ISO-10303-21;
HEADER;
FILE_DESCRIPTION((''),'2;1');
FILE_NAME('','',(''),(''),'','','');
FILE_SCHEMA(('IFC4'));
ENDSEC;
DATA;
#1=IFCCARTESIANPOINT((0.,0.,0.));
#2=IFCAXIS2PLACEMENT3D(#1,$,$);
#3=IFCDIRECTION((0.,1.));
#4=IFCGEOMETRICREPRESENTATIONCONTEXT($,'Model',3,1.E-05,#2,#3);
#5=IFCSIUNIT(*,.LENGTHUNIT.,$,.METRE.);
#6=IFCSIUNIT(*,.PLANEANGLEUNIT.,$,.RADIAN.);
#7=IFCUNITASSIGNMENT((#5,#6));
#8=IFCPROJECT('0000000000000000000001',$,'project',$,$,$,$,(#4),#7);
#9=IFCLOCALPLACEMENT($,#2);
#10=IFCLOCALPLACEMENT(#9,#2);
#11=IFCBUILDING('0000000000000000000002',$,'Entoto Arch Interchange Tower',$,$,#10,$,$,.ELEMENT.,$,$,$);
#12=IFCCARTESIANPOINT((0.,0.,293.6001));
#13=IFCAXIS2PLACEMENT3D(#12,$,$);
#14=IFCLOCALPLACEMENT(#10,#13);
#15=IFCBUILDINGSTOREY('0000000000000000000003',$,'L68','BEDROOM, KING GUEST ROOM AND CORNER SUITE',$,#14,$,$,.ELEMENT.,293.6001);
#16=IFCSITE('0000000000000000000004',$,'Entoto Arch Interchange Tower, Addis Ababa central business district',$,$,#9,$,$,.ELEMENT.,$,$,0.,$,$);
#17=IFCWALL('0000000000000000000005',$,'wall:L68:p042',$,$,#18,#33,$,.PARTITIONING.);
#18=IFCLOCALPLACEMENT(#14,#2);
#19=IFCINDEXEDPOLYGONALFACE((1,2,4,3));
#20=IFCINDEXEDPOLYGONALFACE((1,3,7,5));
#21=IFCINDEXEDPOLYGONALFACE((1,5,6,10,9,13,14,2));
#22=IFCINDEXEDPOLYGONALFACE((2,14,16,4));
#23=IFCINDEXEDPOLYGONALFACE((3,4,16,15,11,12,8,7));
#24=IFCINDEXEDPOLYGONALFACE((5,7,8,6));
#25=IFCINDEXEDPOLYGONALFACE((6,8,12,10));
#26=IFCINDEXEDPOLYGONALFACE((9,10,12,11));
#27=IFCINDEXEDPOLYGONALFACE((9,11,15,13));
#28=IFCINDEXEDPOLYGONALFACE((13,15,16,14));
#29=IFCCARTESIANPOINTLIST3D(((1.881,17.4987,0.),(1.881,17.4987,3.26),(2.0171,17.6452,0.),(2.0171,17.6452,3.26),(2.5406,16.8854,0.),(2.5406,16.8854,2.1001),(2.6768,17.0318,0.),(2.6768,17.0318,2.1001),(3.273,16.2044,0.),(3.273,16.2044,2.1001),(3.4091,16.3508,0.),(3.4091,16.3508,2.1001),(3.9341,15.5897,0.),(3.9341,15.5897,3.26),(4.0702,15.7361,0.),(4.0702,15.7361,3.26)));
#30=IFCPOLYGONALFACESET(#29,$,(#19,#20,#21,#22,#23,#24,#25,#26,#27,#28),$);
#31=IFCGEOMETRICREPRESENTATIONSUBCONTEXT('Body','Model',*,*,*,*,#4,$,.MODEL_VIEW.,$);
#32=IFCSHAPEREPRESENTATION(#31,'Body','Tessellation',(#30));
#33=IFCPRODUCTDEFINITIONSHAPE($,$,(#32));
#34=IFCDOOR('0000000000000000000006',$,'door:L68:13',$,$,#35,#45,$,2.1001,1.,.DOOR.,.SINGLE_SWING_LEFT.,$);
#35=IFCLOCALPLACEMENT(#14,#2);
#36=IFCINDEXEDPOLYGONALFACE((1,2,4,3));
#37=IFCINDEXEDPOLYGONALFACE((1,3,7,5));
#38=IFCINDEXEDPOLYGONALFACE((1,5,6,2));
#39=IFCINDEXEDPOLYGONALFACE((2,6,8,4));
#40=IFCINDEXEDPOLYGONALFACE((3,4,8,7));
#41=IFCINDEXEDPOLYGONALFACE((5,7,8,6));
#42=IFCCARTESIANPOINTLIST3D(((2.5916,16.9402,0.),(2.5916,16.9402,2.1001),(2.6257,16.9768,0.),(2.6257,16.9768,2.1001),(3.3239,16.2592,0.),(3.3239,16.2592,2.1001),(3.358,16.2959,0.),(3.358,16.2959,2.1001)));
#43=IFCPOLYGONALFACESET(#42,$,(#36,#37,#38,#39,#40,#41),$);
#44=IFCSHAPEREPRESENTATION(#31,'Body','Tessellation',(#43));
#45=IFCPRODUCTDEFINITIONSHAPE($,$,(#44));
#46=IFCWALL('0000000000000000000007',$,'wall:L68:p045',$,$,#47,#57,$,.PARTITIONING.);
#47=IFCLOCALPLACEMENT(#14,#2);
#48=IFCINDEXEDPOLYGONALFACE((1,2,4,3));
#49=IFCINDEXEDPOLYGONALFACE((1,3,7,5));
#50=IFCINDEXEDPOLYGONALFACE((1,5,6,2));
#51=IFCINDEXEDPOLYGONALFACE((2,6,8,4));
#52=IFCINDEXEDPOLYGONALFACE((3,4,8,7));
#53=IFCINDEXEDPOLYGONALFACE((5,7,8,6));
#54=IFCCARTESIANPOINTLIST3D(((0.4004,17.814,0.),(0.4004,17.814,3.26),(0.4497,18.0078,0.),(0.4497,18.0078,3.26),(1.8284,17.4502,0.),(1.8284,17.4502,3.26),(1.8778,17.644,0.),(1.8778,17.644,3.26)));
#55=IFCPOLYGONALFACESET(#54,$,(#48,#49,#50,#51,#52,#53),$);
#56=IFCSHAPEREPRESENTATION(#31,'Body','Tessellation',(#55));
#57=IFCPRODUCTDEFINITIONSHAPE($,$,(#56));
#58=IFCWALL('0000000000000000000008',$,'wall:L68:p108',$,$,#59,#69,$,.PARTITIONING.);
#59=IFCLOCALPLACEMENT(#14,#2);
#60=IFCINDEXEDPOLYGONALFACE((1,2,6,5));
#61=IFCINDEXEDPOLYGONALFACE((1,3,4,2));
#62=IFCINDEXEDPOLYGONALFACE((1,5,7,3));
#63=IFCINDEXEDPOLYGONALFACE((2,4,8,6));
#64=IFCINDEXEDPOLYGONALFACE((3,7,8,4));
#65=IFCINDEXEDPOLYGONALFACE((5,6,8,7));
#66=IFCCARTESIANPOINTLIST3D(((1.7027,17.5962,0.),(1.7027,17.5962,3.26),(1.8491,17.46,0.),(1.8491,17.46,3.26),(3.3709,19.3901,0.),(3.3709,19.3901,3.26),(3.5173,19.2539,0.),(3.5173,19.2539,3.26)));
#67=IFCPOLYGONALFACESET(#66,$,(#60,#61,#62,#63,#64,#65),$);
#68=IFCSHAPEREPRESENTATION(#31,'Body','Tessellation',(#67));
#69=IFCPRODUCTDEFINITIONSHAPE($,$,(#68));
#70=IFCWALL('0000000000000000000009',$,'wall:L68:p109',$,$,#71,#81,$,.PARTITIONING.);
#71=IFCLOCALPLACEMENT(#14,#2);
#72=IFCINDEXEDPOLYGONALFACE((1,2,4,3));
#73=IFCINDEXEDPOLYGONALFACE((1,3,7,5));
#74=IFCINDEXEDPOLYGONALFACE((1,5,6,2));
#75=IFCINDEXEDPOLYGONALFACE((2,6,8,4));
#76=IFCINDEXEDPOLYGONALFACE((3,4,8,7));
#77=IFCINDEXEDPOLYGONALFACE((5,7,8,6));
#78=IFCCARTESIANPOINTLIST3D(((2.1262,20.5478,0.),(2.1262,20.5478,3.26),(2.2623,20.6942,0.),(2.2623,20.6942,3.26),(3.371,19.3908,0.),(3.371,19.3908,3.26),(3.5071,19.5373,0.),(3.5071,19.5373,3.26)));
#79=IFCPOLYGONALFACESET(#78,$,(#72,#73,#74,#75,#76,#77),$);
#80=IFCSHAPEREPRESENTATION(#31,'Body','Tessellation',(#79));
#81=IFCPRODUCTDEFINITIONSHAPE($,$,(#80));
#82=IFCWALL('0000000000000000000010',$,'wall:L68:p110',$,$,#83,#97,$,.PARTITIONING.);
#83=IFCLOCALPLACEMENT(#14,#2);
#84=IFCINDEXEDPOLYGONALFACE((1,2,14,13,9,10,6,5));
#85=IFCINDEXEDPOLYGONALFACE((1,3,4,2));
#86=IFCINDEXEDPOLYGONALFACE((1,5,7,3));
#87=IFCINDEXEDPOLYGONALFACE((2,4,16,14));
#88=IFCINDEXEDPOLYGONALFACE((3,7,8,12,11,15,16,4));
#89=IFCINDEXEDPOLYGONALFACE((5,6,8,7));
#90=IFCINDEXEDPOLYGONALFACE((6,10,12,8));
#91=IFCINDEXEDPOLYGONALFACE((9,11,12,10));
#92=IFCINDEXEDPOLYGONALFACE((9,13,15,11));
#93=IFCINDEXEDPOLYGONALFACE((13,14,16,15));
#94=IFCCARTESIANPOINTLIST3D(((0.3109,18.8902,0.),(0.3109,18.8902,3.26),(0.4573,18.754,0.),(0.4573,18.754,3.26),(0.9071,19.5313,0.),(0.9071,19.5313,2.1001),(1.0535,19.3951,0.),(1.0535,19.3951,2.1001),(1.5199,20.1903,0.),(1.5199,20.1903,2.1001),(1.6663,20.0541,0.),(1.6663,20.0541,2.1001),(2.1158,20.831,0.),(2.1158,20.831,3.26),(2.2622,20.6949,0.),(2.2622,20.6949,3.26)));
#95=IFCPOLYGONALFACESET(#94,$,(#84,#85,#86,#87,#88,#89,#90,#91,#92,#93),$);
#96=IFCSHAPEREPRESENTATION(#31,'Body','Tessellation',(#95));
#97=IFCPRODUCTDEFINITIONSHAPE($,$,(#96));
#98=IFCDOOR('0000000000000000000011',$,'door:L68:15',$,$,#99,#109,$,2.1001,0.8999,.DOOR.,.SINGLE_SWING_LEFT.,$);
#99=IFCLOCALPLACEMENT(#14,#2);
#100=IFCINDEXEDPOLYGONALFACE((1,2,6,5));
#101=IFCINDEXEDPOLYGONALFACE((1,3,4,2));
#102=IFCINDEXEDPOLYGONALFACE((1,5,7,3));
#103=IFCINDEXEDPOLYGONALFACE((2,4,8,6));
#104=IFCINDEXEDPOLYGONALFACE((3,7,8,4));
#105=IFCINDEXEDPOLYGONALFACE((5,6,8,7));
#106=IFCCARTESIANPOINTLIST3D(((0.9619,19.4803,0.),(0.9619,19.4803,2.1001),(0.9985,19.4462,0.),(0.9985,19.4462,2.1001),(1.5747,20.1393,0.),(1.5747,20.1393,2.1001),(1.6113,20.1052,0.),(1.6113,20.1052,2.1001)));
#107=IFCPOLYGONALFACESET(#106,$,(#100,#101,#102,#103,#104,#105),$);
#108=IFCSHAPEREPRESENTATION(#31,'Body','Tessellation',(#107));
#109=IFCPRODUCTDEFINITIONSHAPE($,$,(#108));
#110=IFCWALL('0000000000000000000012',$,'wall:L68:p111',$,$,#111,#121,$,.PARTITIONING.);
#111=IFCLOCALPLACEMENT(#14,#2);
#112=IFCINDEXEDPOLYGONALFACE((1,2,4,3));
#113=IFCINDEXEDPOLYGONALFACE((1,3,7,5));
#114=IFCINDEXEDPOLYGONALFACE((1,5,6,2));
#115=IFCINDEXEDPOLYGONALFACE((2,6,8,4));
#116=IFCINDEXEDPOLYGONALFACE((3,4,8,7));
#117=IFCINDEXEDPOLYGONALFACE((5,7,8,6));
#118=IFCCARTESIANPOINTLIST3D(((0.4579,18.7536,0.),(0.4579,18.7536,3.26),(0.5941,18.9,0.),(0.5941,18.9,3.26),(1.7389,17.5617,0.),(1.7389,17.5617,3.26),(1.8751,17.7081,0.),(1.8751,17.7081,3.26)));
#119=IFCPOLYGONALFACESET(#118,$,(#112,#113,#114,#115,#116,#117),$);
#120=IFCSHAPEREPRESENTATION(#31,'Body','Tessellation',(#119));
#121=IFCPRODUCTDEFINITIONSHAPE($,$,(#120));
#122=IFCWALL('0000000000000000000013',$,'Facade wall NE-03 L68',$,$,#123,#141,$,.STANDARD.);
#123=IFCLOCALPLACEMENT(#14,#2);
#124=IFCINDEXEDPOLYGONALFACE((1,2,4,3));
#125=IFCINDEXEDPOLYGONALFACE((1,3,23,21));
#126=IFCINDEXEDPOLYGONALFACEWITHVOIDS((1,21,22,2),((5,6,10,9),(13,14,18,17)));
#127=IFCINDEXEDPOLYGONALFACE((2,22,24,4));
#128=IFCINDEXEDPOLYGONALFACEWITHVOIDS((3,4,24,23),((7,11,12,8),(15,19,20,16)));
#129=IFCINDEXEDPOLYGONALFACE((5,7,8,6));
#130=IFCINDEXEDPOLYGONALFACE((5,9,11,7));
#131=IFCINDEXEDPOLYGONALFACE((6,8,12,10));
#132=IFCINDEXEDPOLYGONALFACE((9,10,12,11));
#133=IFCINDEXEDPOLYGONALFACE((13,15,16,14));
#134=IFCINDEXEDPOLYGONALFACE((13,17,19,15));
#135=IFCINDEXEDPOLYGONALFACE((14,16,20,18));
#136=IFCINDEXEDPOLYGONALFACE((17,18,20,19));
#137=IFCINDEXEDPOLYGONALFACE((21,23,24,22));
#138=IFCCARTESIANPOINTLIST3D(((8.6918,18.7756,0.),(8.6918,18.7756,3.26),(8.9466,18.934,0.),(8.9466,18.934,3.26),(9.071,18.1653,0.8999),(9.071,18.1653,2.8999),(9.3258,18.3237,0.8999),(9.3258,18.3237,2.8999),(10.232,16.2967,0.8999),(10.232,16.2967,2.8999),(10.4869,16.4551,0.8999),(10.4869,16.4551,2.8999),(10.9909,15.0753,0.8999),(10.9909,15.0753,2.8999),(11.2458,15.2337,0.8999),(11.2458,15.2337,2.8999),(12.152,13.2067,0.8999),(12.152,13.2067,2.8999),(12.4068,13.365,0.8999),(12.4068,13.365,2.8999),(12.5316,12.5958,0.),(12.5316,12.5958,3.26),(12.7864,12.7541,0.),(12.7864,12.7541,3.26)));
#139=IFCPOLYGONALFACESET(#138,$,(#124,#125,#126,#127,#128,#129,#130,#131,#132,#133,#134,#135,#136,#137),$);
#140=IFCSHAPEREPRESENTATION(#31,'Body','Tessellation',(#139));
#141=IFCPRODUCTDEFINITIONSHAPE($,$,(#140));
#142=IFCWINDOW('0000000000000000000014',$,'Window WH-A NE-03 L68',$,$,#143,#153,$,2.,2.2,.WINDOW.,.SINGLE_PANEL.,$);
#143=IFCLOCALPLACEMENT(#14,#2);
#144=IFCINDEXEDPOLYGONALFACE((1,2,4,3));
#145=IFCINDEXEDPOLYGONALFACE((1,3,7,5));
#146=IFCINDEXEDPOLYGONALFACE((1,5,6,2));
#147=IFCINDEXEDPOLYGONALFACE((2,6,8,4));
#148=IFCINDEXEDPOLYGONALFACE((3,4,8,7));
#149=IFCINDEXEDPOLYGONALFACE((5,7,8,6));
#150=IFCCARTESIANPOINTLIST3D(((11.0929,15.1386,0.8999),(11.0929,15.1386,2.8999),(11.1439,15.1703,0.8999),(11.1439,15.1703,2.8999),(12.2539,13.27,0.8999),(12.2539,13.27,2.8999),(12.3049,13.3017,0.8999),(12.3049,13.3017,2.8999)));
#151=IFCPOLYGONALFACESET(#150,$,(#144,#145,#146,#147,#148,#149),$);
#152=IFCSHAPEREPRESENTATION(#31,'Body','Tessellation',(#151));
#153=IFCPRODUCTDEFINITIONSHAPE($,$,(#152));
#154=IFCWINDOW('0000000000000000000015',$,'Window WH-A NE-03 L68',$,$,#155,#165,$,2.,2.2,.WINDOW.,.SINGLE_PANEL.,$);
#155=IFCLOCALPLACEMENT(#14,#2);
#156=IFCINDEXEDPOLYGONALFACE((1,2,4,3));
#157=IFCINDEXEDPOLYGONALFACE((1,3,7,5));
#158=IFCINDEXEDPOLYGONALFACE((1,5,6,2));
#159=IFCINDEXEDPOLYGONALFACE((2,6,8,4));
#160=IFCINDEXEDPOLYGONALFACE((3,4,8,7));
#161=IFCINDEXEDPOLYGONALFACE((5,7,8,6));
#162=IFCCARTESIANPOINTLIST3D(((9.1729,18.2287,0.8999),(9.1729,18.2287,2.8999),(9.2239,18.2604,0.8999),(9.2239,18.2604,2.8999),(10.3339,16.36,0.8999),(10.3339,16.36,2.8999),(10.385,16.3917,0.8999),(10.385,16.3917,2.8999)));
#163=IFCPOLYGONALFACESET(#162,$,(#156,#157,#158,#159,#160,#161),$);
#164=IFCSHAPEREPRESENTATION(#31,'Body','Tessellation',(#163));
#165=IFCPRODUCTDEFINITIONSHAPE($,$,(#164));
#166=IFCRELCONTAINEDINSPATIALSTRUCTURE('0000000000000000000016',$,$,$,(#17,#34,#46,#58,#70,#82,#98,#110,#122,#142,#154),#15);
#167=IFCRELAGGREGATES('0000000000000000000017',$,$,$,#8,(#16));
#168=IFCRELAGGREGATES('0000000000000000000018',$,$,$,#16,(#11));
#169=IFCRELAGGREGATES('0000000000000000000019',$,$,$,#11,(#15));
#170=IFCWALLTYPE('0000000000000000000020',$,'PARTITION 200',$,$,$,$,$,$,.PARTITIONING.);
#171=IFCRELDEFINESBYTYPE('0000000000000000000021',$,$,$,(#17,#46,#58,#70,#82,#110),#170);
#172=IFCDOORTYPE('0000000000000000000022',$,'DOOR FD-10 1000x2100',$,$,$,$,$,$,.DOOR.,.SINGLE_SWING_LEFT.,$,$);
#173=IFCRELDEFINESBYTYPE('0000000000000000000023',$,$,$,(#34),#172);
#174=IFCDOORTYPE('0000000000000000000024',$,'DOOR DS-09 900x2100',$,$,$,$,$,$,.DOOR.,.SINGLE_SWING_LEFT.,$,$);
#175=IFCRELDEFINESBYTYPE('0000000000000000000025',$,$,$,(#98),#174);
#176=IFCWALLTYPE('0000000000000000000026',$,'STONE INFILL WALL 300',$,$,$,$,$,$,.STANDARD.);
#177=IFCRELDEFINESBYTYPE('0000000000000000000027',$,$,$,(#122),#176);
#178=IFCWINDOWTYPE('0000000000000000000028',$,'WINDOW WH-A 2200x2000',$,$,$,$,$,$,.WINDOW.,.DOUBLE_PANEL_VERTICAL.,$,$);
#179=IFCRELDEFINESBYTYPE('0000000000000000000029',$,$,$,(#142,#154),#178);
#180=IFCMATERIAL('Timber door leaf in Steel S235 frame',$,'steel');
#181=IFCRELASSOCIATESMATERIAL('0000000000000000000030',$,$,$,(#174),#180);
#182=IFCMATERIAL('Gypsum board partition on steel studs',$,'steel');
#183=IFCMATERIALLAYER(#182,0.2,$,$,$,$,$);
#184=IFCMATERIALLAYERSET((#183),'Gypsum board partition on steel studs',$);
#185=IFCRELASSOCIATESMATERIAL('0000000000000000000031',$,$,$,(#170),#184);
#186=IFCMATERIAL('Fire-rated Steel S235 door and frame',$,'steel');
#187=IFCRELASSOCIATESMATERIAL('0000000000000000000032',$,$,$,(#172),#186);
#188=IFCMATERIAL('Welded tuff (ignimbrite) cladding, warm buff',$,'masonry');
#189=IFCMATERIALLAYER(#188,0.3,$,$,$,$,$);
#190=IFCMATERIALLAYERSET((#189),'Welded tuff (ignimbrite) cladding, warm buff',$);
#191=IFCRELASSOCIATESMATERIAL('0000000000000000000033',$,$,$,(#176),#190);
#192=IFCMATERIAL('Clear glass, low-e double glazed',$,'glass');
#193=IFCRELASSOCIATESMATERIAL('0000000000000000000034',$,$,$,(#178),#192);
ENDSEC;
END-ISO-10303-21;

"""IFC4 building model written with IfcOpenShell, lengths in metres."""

from ifc_helpers import new_model, si_unit, direction, frame, frame_2d, origin, place, context, subcontext, project, spatial, rectangle, extrude, material, layer, layer_set, type_object, element, fill, save


model = new_model("IFC4")

# Units and contexts
model_context = context("Model", 3, precision=1e-05, world=origin(), true_north=direction((0.0, 1.0)))
body_context = subcontext(model_context, "Body", "Model", "MODEL_VIEW")
ifc_project = project(units=[si_unit("LENGTHUNIT", "METRE"), si_unit("PLANEANGLEUNIT", "RADIAN")], contexts=[model_context])

# Site, building, storey
site_placement = place(None, origin())
site = spatial("IfcSite", under=ifc_project, at=site_placement, Name="Entoto Arch Interchange Tower, Addis Ababa central business district", CompositionType="ELEMENT", RefElevation=0.0)
building_placement = place(site_placement, origin())
building = spatial("IfcBuilding", under=site, at=building_placement, Name="Entoto Arch Interchange Tower", CompositionType="ELEMENT")
storey_placement = place(building_placement, frame((0.0, 0.0, 293.6001)))
storey = spatial("IfcBuildingStorey", under=building, at=storey_placement, Name="L68", Description="BEDROOM, KING GUEST ROOM AND CORNER SUITE", CompositionType="ELEMENT", Elevation=293.6001)

# Shared definitions
ifc_material_1 = material(Name="Gypsum board partition on steel studs", Category="steel")
ifc_material_2 = material(Name="Timber door leaf in Steel S235 frame", Category="steel")
door_type_1 = type_object("IfcDoorType", Name="DOOR DS-09 900x2100", OperationType="SINGLE_SWING_LEFT", PredefinedType="DOOR", material=ifc_material_2)

# Shared definitions
ifc_layer_1 = layer(ifc_material_1, 0.2)
ifc_layer_set_1 = layer_set([ifc_layer_1], Name="Gypsum board partition on steel studs")
wall_type_1 = type_object("IfcWallType", Name="PARTITION 200", PredefinedType="PARTITIONING", material=ifc_layer_set_1)

# Wall, opening, door
ifc_material_3 = material(Name="Fire-rated Steel S235 door and frame", Category="steel")
door_type_2 = type_object("IfcDoorType", Name="DOOR FD-10 1000x2100", OperationType="SINGLE_SWING_LEFT", PredefinedType="DOOR", material=ifc_material_3)
wall_1_placement = place(storey_placement, frame((1.949, 17.572, 0.0), z_axis=(0.0, 0.0, 1.0), x_axis=(0.732331, -0.680949, 0.0)))
wall_1 = element("IfcWall", 1, at=wall_1_placement, inside=storey, type_object=wall_type_1, Name="wall:L68:p042", PredefinedType="PARTITIONING", context=body_context, shape_type="SweptSolid", body=[
    extrude(rectangle(XDim=2.8035, YDim=0.2, at=frame_2d((1.4019, 0.0))), origin(), (0.0, 0.0, 1.0), 3.26),
])
opening_1_placement = place(wall_1_placement, frame((0.9009, 0.0, 0.0)))
opening_1 = element("IfcOpeningElement", 2, at=opening_1_placement, cuts=wall_1, PredefinedType="OPENING", context=body_context, shape_type="SweptSolid", body=[
    extrude(rectangle(XDim=1.0, YDim=2.1001, at=frame_2d((0.5, 1.05))), frame((0.0, 0.1099, 0.0), z_axis=(0.0, -1.0, 0.0), x_axis=(1.0, 0.0, 0.0)), (0.0, 0.0, 1.0), 0.22),
])
door_1_placement = place(opening_1_placement, origin())
door_1 = element("IfcDoor", 3, at=door_1_placement, inside=storey, type_object=door_type_2, Name="door:L68:13", OperationType="SINGLE_SWING_LEFT", OverallHeight=2.1001, OverallWidth=1.0, PredefinedType="DOOR", context=body_context, shape_type="SweptSolid", body=[
    extrude(rectangle(XDim=1.0, YDim=2.1001, at=frame_2d((0.5, 1.05))), frame((0.0, 0.0249, 0.0), z_axis=(0.0, -1.0, 0.0), x_axis=(1.0, 0.0, 0.0)), (0.0, 0.0, 1.0), 0.05),
])
fill(opening_1, door_1)

# Walls
wall_2_placement = place(storey_placement, frame((0.425, 17.9109, 0.0), z_axis=(0.0, 0.0, 1.0), x_axis=(0.969051, -0.24686, 0.0)))
element("IfcWall", 4, at=wall_2_placement, inside=storey, type_object=wall_type_1, Name="wall:L68:p045", PredefinedType="PARTITIONING", context=body_context, shape_type="SweptSolid", body=[
    extrude(rectangle(XDim=1.4736, YDim=0.2, at=frame_2d((0.7368, 0.0))), origin(), (0.0, 0.0, 1.0), 3.26),
])
wall_3_placement = place(storey_placement, frame((1.7759, 17.5281, 0.0), z_axis=(0.0, 0.0, 1.0), x_axis=(0.680978, 0.732303, 0.0)))
element("IfcWall", 5, at=wall_3_placement, inside=storey, type_object=wall_type_1, Name="wall:L68:p108", PredefinedType="PARTITIONING", context=body_context, shape_type="SweptSolid", body=[
    extrude(rectangle(XDim=2.4497, YDim=0.2, at=frame_2d((1.2249, 0.0))), origin(), (0.0, 0.0, 1.0), 3.26),
])
wall_4_placement = place(storey_placement, frame((3.439, 19.4641, 0.0), z_axis=(0.0, 0.0, 1.0), x_axis=(-0.732492, 0.680776, 0.0)))
element("IfcWall", 6, at=wall_4_placement, inside=storey, type_object=wall_type_1, Name="wall:L68:p109", PredefinedType="PARTITIONING", context=body_context, shape_type="SweptSolid", body=[
    extrude(rectangle(XDim=1.6995, YDim=0.2, at=frame_2d((0.8496, 0.0))), origin(), (0.0, 0.0, 1.0), 3.26),
])

# Wall, opening, door
wall_5_placement = place(storey_placement, frame((2.189, 20.7629, 0.0), z_axis=(0.0, 0.0, 1.0), x_axis=(-0.680988, -0.732295, 0.0)))
wall_5 = element("IfcWall", 7, at=wall_5_placement, inside=storey, type_object=wall_type_1, Name="wall:L68:p110", PredefinedType="PARTITIONING", context=body_context, shape_type="SweptSolid", body=[
    extrude(rectangle(XDim=2.6504, YDim=0.2, at=frame_2d((1.3252, 0.0))), origin(), (0.0, 0.0, 1.0), 3.26),
])
opening_2_placement = place(wall_5_placement, frame((0.875, 0.0, 0.0)))
opening_2 = element("IfcOpeningElement", 8, at=opening_2_placement, cuts=wall_5, PredefinedType="OPENING", context=body_context, shape_type="SweptSolid", body=[
    extrude(rectangle(XDim=0.8999, YDim=2.1001, at=frame_2d((0.45, 1.05))), frame((0.0, 0.1099, 0.0), z_axis=(0.0, -1.0, 0.0), x_axis=(1.0, 0.0, 0.0)), (0.0, 0.0, 1.0), 0.22),
])
door_2_placement = place(opening_2_placement, origin())
door_2 = element("IfcDoor", 9, at=door_2_placement, inside=storey, type_object=door_type_1, Name="door:L68:15", OperationType="SINGLE_SWING_LEFT", OverallHeight=2.1001, OverallWidth=0.8999, PredefinedType="DOOR", context=body_context, shape_type="SweptSolid", body=[
    extrude(rectangle(XDim=0.8999, YDim=2.1001, at=frame_2d((0.45, 1.05))), frame((0.0, 0.0249, 0.0), z_axis=(0.0, -1.0, 0.0), x_axis=(1.0, 0.0, 0.0)), (0.0, 0.0, 1.0), 0.05),
])
fill(opening_2, door_2)

# Wall
wall_6_placement = place(storey_placement, frame((0.5259, 18.8269, 0.0), z_axis=(0.0, 0.0, 1.0), x_axis=(0.732112, -0.681184, 0.0)))
element("IfcWall", 10, at=wall_6_placement, inside=storey, type_object=wall_type_1, Name="wall:L68:p111", PredefinedType="PARTITIONING", context=body_context, shape_type="SweptSolid", body=[
    extrude(rectangle(XDim=1.7498, YDim=0.2, at=frame_2d((0.875, 0.0))), origin(), (0.0, 0.0, 1.0), 3.26),
])

# Wall, openings, windows
ifc_material_4 = material(Name="Welded tuff (ignimbrite) cladding, warm buff", Category="masonry")
ifc_layer_2 = layer(ifc_material_4, 0.3)
ifc_layer_set_2 = layer_set([ifc_layer_2], Name="Welded tuff (ignimbrite) cladding, warm buff")
wall_type_2 = type_object("IfcWallType", Name="STONE INFILL WALL 300", PredefinedType="STANDARD", material=ifc_layer_set_2)
wall_7_placement = place(storey_placement, frame((12.6589, 12.675, 0.0), z_axis=(0.0, 0.0, 1.0), x_axis=(-0.527762, 0.849392, 0.0)))
wall_7 = element("IfcWall", 11, at=wall_7_placement, inside=storey, type_object=wall_type_2, Name="Facade wall NE-03 L68", PredefinedType="STANDARD", context=body_context, shape_type="SweptSolid", body=[
    extrude(rectangle(XDim=7.2756, YDim=0.3, at=frame_2d((3.6377, 0.0))), origin(), (0.0, 0.0, 1.0), 3.26),
])
opening_3_placement = place(wall_7_placement, frame((0.719, 0.0, 0.8999)))
opening_3 = element("IfcOpeningElement", 12, at=opening_3_placement, cuts=wall_7, PredefinedType="OPENING", context=body_context, shape_type="SweptSolid", body=[
    extrude(rectangle(XDim=2.2, YDim=2.0, at=frame_2d((1.1001, 1.0))), frame((0.0, 0.1602, 0.0), z_axis=(0.0, -1.0, 0.0), x_axis=(1.0, 0.0, 0.0)), (0.0, 0.0, 1.0), 0.3201),
])
opening_4_placement = place(wall_7_placement, frame((4.3569, 0.0, 0.8999)))
opening_4 = element("IfcOpeningElement", 13, at=opening_4_placement, cuts=wall_7, PredefinedType="OPENING", context=body_context, shape_type="SweptSolid", body=[
    extrude(rectangle(XDim=2.2, YDim=2.0, at=frame_2d((1.1001, 1.0))), frame((0.0, 0.1602, 0.0), z_axis=(0.0, -1.0, 0.0), x_axis=(1.0, 0.0, 0.0)), (0.0, 0.0, 1.0), 0.3201),
])
ifc_material_5 = material(Name="Clear glass, low-e double glazed", Category="glass")
window_type_1 = type_object("IfcWindowType", Name="WINDOW WH-A 2200x2000", PartitioningType="DOUBLE_PANEL_VERTICAL", PredefinedType="WINDOW", material=ifc_material_5)
window_1_placement = place(opening_3_placement, origin())
window_1 = element("IfcWindow", 14, at=window_1_placement, inside=storey, type_object=window_type_1, Name="Window WH-A NE-03 L68", OverallHeight=2.0, OverallWidth=2.2, PartitioningType="SINGLE_PANEL", PredefinedType="WINDOW", context=body_context, shape_type="SweptSolid", body=[
    extrude(rectangle(XDim=2.2, YDim=2.0, at=frame_2d((1.1001, 1.0))), frame((0.0, 0.03, 0.0), z_axis=(0.0, -1.0, 0.0), x_axis=(1.0, 0.0, 0.0)), (0.0, 0.0, 1.0), 0.0601),
])
fill(opening_3, window_1)
window_2_placement = place(opening_4_placement, origin())
window_2 = element("IfcWindow", 15, at=window_2_placement, inside=storey, type_object=window_type_1, Name="Window WH-A NE-03 L68", OverallHeight=2.0, OverallWidth=2.2, PartitioningType="SINGLE_PANEL", PredefinedType="WINDOW", context=body_context, shape_type="SweptSolid", body=[
    extrude(rectangle(XDim=2.2, YDim=2.0, at=frame_2d((1.1001, 1.0))), frame((0.0, 0.03, 0.0), z_axis=(0.0, -1.0, 0.0), x_axis=(1.0, 0.0, 0.0)), (0.0, 0.0, 1.0), 0.0601),
])
fill(opening_4, window_2)

save(model, "model.ifc")
